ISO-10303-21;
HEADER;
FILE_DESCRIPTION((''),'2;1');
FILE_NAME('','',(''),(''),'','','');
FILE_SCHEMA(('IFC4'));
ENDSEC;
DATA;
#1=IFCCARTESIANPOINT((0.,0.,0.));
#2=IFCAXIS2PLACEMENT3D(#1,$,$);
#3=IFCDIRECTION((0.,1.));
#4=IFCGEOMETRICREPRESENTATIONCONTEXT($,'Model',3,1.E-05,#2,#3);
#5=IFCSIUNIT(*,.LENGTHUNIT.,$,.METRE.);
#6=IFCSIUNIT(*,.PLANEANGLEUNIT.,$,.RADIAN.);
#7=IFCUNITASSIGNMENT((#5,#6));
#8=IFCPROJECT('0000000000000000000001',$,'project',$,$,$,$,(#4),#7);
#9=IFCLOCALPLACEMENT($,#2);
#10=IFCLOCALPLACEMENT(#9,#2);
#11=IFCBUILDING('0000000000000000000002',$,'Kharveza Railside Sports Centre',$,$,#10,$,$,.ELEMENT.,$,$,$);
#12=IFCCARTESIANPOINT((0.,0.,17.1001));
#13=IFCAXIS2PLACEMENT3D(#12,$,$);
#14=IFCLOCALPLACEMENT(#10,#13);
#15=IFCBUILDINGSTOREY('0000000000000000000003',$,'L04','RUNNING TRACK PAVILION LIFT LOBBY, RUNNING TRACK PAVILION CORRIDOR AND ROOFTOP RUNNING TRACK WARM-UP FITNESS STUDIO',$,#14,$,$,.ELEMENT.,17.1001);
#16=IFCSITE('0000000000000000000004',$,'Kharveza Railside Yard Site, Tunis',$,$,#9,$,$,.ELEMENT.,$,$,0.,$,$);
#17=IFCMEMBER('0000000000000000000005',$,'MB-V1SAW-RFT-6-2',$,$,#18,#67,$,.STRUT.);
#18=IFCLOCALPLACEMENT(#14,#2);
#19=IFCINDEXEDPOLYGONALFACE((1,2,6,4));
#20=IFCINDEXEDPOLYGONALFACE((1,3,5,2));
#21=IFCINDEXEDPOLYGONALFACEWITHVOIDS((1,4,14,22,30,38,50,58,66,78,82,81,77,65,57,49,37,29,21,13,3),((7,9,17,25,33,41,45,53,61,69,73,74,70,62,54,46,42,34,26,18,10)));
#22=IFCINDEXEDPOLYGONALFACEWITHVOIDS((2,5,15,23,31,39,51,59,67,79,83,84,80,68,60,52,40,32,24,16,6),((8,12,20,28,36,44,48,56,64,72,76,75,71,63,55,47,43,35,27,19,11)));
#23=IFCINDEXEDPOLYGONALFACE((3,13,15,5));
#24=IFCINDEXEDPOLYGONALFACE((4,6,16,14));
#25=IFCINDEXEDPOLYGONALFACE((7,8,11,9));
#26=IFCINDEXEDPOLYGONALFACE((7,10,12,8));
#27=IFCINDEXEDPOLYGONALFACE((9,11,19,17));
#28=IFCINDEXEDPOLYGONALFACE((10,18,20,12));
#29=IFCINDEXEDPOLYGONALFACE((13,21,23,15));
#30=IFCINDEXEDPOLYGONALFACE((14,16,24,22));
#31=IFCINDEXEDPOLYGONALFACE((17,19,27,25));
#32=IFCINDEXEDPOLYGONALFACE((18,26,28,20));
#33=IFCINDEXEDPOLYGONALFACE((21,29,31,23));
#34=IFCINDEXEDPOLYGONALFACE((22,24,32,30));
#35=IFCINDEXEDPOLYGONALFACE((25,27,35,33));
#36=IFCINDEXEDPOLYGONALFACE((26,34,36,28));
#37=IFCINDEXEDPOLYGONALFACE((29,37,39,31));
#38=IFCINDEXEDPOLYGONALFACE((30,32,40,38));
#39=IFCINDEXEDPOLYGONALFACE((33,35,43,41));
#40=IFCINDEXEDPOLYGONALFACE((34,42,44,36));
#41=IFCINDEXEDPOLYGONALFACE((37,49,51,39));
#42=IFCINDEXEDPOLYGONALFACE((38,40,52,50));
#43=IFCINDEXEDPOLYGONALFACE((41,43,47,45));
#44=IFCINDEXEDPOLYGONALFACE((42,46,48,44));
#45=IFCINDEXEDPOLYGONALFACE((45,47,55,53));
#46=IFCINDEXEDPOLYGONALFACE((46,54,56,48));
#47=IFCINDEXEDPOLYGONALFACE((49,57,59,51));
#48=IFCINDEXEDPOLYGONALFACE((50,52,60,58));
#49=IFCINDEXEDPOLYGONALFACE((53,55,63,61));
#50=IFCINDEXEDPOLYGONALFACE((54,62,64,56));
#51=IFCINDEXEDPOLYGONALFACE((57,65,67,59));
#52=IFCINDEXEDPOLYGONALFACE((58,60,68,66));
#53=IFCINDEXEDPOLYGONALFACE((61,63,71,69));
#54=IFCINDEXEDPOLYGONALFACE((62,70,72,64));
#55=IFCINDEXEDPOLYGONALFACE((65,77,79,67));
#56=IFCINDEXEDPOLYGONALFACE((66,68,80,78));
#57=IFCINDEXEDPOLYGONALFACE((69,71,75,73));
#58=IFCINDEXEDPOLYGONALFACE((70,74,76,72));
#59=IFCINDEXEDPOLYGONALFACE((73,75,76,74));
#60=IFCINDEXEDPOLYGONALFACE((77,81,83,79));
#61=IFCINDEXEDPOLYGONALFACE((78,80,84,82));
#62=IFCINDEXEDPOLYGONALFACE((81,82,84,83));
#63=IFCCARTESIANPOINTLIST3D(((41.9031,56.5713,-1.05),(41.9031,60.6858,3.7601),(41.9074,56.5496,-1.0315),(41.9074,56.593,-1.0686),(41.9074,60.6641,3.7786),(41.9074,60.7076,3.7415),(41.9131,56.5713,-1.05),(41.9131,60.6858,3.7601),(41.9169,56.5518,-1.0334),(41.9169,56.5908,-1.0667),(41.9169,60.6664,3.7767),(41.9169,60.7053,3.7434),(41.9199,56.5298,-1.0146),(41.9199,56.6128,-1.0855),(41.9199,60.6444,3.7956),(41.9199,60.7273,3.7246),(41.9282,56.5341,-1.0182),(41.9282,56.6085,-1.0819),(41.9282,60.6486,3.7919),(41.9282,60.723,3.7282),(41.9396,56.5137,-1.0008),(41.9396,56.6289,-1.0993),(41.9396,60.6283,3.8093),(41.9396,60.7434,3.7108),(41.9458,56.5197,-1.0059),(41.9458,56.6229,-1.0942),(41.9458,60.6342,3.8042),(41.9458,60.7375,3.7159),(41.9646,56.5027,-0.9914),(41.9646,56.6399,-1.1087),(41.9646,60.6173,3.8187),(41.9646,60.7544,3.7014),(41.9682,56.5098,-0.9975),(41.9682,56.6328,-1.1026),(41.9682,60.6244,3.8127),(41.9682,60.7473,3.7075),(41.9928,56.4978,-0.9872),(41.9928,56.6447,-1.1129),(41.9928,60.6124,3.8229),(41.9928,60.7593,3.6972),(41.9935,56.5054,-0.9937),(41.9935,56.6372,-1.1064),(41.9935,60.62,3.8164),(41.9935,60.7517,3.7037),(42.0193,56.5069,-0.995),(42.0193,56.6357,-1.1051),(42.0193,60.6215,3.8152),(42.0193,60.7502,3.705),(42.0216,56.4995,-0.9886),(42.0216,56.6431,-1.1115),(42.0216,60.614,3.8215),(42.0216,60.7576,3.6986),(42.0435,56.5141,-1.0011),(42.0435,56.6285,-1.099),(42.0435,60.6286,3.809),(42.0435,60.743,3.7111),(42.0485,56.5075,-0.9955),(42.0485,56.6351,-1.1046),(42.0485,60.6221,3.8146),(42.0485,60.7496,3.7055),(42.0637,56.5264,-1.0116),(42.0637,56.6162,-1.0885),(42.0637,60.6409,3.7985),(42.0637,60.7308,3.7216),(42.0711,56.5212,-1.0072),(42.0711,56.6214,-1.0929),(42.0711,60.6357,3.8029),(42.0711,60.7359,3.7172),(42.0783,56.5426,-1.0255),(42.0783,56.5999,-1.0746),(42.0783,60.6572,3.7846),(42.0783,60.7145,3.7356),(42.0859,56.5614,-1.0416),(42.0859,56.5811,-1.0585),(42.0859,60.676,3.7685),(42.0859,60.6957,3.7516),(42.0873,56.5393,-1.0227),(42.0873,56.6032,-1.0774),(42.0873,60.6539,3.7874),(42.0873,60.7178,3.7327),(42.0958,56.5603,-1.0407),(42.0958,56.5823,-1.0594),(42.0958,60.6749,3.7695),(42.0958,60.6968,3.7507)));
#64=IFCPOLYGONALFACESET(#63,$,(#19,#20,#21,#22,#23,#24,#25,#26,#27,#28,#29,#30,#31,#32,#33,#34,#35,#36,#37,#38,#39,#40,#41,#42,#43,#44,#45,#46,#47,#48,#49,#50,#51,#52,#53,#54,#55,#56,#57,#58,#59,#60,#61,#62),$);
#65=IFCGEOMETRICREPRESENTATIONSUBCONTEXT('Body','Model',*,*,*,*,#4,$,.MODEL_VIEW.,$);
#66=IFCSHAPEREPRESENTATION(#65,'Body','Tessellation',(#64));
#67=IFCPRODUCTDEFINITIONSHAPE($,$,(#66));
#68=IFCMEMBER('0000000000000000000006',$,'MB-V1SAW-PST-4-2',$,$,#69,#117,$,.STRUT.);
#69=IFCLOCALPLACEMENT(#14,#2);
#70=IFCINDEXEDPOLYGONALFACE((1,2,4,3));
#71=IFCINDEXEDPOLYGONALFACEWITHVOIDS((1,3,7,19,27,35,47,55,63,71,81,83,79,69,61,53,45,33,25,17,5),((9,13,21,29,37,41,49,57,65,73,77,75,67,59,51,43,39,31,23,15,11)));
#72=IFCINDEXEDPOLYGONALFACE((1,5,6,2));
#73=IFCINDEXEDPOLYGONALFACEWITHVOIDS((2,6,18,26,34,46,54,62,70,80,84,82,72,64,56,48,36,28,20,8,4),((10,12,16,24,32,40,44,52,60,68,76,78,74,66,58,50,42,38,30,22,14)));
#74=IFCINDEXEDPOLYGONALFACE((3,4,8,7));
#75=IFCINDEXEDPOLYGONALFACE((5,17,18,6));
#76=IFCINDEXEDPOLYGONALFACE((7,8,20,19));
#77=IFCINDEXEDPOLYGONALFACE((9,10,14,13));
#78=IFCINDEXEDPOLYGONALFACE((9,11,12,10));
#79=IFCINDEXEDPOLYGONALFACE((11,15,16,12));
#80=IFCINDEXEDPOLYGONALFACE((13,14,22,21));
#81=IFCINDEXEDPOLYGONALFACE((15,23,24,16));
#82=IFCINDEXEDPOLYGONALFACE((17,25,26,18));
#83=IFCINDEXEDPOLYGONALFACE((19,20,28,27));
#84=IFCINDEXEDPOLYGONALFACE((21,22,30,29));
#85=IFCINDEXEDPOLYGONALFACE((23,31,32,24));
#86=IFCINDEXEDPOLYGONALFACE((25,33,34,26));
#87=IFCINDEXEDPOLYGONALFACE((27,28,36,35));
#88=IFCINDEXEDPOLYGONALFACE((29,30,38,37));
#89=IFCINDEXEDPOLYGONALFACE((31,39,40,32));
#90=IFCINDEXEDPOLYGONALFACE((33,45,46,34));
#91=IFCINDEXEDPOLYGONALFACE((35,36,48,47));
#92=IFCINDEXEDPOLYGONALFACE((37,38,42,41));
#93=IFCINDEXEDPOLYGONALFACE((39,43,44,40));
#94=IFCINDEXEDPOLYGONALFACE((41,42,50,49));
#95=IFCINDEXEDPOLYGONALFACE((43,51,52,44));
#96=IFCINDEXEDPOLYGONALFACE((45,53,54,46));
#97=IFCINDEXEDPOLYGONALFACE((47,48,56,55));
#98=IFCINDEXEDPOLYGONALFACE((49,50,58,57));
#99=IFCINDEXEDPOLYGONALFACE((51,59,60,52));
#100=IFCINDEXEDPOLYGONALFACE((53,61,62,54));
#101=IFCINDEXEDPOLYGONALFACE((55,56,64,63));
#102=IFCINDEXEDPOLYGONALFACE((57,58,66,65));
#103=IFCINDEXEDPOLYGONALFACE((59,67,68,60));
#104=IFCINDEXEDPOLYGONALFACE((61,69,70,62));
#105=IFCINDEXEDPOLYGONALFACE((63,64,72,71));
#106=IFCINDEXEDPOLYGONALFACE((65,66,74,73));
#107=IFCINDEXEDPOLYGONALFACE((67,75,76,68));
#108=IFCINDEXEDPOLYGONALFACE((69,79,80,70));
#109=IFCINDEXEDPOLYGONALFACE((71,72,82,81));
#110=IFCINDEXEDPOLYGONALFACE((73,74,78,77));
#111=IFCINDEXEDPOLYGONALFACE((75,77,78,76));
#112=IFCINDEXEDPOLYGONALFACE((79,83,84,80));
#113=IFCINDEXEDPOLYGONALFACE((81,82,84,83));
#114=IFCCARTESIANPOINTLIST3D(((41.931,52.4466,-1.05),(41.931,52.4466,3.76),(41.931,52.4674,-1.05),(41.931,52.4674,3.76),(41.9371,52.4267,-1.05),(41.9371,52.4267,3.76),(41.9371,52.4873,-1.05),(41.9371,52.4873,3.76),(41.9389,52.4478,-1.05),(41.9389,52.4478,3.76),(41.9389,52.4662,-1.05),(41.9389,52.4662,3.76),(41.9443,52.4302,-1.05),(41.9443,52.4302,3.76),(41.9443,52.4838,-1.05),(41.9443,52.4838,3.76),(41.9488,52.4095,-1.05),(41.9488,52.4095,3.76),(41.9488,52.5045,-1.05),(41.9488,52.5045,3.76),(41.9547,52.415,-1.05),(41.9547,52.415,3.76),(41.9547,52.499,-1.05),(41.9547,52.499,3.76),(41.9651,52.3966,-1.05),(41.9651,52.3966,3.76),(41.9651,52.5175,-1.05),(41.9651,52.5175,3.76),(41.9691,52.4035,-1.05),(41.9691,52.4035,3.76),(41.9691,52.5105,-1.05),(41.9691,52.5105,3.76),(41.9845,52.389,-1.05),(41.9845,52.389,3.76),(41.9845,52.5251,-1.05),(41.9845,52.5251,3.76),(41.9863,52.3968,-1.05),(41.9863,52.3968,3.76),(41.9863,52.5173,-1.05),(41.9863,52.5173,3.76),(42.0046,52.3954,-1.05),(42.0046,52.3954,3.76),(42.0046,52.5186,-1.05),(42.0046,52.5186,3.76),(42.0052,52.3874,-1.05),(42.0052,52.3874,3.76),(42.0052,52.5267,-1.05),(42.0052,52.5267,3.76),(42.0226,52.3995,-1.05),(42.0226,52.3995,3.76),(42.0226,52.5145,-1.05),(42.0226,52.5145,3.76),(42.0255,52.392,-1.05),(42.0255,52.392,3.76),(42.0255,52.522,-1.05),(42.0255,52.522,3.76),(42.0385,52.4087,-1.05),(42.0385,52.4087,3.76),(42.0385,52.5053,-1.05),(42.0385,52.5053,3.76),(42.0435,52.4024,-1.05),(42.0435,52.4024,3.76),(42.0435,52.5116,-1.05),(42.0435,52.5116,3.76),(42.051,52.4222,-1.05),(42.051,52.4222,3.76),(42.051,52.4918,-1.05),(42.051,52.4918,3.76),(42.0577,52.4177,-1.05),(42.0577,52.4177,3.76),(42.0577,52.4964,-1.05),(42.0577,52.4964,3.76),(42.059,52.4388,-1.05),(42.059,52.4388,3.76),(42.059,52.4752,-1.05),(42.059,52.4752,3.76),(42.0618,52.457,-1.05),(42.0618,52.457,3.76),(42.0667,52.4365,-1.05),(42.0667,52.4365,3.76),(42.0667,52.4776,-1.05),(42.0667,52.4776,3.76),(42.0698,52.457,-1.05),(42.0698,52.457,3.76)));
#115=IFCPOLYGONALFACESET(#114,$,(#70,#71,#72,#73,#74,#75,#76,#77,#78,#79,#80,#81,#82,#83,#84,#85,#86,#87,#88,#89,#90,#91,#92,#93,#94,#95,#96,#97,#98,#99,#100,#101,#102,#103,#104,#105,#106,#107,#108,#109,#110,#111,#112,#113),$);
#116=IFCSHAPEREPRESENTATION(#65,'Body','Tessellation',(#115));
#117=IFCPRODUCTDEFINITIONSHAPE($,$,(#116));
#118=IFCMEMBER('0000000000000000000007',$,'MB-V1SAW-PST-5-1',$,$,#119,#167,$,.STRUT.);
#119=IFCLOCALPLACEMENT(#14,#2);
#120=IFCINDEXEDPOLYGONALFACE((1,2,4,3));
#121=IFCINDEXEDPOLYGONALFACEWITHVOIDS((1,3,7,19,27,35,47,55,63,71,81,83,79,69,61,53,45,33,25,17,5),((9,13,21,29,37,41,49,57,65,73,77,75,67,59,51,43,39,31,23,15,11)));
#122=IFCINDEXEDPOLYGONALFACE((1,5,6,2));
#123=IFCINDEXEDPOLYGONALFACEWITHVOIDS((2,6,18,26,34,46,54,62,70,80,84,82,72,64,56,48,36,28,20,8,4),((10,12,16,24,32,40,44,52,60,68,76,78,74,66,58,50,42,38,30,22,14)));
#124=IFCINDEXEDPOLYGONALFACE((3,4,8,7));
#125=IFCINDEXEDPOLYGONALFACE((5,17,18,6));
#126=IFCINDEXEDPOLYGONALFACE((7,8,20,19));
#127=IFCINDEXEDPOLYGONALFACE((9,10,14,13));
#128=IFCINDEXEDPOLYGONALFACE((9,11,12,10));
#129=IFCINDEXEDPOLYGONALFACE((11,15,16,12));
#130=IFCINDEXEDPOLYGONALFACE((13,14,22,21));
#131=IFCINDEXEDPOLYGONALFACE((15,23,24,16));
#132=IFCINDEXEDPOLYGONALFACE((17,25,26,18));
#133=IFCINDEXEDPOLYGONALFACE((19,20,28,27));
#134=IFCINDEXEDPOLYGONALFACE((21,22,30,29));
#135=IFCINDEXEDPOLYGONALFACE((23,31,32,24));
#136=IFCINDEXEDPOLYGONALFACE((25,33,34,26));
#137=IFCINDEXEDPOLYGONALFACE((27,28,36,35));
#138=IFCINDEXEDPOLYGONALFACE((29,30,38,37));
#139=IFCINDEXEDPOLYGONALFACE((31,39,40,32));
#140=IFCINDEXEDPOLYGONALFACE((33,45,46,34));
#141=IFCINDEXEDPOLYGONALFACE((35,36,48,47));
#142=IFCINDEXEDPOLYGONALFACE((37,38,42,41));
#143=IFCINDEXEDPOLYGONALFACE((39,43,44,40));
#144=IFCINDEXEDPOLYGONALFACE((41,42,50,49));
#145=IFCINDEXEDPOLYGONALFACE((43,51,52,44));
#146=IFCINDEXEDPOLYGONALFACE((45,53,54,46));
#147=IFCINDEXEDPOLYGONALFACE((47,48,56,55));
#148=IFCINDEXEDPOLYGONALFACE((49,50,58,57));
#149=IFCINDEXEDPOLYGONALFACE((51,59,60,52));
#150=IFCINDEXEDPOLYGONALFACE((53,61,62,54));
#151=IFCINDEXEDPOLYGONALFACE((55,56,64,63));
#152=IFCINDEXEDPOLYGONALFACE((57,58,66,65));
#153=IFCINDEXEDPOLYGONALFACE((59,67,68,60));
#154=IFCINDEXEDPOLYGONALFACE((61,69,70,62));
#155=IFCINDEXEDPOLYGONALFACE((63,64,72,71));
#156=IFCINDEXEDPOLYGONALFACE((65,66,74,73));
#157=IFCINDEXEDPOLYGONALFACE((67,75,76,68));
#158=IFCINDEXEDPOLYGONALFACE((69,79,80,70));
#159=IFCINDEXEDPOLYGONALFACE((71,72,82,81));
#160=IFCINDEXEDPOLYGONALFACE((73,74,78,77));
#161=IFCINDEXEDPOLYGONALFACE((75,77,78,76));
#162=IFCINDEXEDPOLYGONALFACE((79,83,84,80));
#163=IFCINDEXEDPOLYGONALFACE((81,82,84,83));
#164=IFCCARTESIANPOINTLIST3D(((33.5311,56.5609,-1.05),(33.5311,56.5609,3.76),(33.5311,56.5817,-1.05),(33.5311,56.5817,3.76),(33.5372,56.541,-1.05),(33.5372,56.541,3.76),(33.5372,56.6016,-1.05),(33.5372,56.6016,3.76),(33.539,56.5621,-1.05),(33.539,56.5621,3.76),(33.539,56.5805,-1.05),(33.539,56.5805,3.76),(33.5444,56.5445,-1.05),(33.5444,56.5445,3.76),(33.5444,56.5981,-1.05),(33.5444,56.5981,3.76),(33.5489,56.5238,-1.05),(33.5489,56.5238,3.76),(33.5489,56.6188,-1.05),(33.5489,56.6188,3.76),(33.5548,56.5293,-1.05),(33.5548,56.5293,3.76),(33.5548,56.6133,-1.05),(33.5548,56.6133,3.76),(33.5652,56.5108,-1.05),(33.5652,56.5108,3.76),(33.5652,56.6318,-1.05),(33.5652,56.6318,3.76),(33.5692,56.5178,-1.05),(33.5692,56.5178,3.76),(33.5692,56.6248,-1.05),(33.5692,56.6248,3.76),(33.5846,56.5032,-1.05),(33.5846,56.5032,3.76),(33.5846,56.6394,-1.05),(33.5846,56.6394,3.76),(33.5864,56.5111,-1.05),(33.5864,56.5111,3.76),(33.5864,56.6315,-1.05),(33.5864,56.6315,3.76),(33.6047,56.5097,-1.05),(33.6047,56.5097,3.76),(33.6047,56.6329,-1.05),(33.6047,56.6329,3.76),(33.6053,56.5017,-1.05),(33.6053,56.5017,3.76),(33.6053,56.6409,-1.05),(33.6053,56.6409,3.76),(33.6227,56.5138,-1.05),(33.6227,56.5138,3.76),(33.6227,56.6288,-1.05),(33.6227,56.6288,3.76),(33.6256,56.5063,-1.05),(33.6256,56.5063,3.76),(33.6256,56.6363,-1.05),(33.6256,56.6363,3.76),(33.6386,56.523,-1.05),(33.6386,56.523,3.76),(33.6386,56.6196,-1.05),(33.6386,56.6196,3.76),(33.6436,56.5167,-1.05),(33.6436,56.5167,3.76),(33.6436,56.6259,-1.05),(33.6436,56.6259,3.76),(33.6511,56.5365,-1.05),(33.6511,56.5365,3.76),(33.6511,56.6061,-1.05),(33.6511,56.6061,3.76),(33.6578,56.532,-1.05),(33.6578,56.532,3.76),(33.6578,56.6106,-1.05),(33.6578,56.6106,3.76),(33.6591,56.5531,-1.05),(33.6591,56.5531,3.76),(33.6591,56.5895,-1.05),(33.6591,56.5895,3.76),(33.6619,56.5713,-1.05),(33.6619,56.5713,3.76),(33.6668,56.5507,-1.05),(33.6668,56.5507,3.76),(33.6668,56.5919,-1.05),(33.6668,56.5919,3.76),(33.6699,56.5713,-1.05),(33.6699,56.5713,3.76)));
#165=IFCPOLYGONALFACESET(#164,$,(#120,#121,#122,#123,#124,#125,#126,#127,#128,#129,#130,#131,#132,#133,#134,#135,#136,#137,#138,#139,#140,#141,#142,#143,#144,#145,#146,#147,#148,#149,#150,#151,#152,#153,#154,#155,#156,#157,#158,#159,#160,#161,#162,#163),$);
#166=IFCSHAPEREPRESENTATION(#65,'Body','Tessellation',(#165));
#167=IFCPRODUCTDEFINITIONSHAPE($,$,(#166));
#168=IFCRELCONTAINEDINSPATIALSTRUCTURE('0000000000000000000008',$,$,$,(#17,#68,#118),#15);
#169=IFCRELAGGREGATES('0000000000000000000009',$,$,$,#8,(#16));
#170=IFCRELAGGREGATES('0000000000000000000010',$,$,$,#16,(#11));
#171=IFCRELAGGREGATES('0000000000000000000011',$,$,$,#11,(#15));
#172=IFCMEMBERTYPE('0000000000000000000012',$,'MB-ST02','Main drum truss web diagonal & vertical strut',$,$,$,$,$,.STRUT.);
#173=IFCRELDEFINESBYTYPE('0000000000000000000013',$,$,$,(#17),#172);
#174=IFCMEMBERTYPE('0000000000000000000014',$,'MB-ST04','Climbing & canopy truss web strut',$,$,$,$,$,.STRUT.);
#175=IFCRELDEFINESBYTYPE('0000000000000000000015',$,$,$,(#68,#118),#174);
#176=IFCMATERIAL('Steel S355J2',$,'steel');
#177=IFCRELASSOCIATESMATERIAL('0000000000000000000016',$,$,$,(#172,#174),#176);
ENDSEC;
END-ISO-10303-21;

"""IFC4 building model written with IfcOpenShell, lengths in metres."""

from ifc_helpers import new_model, si_unit, direction, frame, origin, origin_2d, place, context, subcontext, project, spatial, hollow_circle, extrude, material, material_profile, profile_set, type_object, element, save


model = new_model("IFC4")

# Units and contexts
model_context = context("Model", 3, precision=1e-05, world=origin(), true_north=direction((0.0, 1.0)))
body_context = subcontext(model_context, "Body", "Model", "MODEL_VIEW")
ifc_project = project(units=[si_unit("LENGTHUNIT", "METRE"), si_unit("PLANEANGLEUNIT", "RADIAN")], contexts=[model_context])

# Site, building, storey
site_placement = place(None, origin())
site = spatial("IfcSite", under=ifc_project, at=site_placement, Name="Kharveza Railside Yard Site, Tunis", CompositionType="ELEMENT", RefElevation=0.0)
building_placement = place(site_placement, origin())
building = spatial("IfcBuilding", under=site, at=building_placement, Name="Kharveza Railside Sports Centre", CompositionType="ELEMENT")
storey_placement = place(building_placement, frame((0.0, 0.0, 17.1001)))
storey = spatial("IfcBuildingStorey", under=building, at=storey_placement, Name="L04", Description="RUNNING TRACK PAVILION LIFT LOBBY, RUNNING TRACK PAVILION CORRIDOR AND ROOFTOP RUNNING TRACK WARM-UP FITNESS STUDIO", CompositionType="ELEMENT", Elevation=17.1001)

# Shared definitions
ifc_material_1 = material(Name="Steel S355J2", Category="steel")

# Members
ifc_material_profile_1 = material_profile(ifc_material_1, hollow_circle(Radius=0.0969, WallThickness=0.01, at=origin_2d()), Name="CHS 193.7x10.0")
ifc_profile_set_1 = profile_set([ifc_material_profile_1], Name="Steel S355J2")
member_type_1 = type_object("IfcMemberType", Name="MB-ST02", Description="Main drum truss web diagonal & vertical strut", PredefinedType="STRUT", material=ifc_profile_set_1)
for number, where, z_axis, x_axis, name in (
    (1, (42.0, 56.5713, -1.05), (0.0, 0.650026, 0.759912), (-1.0, 0.0, 0.0), "MB-V1SAW-RFT-6-2"),
):
    element("IfcMember", number, at=place(storey_placement, frame(where, z_axis=z_axis, x_axis=x_axis)), inside=storey, type_object=member_type_1, Name=name, PredefinedType="STRUT", context=body_context, shape_type="SweptSolid", body=[
        extrude(hollow_circle(Radius=0.0969, WallThickness=0.01, at=origin_2d()), origin(), (0.0, 0.0, 1.0), 6.3298),
    ])
ifc_material_profile_2 = material_profile(ifc_material_1, hollow_circle(Radius=0.0698, WallThickness=0.0081, at=origin_2d()), Name="CHS 139.7x8.0")
ifc_profile_set_2 = profile_set([ifc_material_profile_2], Name="Steel S355J2")
member_type_2 = type_object("IfcMemberType", Name="MB-ST04", Description="Climbing & canopy truss web strut", PredefinedType="STRUT", material=ifc_profile_set_2)
for number, where, z_axis, x_axis, name in (
    (2, (42.0, 52.457, -1.05), (0.0, 0.0, 1.0), (1.0, 0.0, 0.0), "MB-V1SAW-PST-4-2"),
    (3, (33.6001, 56.5713, -1.05), (0.0, 0.0, 1.0), (1.0, 0.0, 0.0), "MB-V1SAW-PST-5-1"),
):
    element("IfcMember", number, at=place(storey_placement, frame(where, z_axis=z_axis, x_axis=x_axis)), inside=storey, type_object=member_type_2, Name=name, PredefinedType="STRUT", context=body_context, shape_type="SweptSolid", body=[
        extrude(hollow_circle(Radius=0.0698, WallThickness=0.0081, at=origin_2d()), origin(), (0.0, 0.0, 1.0), 4.8101),
    ])

save(model, "model.ifc")
